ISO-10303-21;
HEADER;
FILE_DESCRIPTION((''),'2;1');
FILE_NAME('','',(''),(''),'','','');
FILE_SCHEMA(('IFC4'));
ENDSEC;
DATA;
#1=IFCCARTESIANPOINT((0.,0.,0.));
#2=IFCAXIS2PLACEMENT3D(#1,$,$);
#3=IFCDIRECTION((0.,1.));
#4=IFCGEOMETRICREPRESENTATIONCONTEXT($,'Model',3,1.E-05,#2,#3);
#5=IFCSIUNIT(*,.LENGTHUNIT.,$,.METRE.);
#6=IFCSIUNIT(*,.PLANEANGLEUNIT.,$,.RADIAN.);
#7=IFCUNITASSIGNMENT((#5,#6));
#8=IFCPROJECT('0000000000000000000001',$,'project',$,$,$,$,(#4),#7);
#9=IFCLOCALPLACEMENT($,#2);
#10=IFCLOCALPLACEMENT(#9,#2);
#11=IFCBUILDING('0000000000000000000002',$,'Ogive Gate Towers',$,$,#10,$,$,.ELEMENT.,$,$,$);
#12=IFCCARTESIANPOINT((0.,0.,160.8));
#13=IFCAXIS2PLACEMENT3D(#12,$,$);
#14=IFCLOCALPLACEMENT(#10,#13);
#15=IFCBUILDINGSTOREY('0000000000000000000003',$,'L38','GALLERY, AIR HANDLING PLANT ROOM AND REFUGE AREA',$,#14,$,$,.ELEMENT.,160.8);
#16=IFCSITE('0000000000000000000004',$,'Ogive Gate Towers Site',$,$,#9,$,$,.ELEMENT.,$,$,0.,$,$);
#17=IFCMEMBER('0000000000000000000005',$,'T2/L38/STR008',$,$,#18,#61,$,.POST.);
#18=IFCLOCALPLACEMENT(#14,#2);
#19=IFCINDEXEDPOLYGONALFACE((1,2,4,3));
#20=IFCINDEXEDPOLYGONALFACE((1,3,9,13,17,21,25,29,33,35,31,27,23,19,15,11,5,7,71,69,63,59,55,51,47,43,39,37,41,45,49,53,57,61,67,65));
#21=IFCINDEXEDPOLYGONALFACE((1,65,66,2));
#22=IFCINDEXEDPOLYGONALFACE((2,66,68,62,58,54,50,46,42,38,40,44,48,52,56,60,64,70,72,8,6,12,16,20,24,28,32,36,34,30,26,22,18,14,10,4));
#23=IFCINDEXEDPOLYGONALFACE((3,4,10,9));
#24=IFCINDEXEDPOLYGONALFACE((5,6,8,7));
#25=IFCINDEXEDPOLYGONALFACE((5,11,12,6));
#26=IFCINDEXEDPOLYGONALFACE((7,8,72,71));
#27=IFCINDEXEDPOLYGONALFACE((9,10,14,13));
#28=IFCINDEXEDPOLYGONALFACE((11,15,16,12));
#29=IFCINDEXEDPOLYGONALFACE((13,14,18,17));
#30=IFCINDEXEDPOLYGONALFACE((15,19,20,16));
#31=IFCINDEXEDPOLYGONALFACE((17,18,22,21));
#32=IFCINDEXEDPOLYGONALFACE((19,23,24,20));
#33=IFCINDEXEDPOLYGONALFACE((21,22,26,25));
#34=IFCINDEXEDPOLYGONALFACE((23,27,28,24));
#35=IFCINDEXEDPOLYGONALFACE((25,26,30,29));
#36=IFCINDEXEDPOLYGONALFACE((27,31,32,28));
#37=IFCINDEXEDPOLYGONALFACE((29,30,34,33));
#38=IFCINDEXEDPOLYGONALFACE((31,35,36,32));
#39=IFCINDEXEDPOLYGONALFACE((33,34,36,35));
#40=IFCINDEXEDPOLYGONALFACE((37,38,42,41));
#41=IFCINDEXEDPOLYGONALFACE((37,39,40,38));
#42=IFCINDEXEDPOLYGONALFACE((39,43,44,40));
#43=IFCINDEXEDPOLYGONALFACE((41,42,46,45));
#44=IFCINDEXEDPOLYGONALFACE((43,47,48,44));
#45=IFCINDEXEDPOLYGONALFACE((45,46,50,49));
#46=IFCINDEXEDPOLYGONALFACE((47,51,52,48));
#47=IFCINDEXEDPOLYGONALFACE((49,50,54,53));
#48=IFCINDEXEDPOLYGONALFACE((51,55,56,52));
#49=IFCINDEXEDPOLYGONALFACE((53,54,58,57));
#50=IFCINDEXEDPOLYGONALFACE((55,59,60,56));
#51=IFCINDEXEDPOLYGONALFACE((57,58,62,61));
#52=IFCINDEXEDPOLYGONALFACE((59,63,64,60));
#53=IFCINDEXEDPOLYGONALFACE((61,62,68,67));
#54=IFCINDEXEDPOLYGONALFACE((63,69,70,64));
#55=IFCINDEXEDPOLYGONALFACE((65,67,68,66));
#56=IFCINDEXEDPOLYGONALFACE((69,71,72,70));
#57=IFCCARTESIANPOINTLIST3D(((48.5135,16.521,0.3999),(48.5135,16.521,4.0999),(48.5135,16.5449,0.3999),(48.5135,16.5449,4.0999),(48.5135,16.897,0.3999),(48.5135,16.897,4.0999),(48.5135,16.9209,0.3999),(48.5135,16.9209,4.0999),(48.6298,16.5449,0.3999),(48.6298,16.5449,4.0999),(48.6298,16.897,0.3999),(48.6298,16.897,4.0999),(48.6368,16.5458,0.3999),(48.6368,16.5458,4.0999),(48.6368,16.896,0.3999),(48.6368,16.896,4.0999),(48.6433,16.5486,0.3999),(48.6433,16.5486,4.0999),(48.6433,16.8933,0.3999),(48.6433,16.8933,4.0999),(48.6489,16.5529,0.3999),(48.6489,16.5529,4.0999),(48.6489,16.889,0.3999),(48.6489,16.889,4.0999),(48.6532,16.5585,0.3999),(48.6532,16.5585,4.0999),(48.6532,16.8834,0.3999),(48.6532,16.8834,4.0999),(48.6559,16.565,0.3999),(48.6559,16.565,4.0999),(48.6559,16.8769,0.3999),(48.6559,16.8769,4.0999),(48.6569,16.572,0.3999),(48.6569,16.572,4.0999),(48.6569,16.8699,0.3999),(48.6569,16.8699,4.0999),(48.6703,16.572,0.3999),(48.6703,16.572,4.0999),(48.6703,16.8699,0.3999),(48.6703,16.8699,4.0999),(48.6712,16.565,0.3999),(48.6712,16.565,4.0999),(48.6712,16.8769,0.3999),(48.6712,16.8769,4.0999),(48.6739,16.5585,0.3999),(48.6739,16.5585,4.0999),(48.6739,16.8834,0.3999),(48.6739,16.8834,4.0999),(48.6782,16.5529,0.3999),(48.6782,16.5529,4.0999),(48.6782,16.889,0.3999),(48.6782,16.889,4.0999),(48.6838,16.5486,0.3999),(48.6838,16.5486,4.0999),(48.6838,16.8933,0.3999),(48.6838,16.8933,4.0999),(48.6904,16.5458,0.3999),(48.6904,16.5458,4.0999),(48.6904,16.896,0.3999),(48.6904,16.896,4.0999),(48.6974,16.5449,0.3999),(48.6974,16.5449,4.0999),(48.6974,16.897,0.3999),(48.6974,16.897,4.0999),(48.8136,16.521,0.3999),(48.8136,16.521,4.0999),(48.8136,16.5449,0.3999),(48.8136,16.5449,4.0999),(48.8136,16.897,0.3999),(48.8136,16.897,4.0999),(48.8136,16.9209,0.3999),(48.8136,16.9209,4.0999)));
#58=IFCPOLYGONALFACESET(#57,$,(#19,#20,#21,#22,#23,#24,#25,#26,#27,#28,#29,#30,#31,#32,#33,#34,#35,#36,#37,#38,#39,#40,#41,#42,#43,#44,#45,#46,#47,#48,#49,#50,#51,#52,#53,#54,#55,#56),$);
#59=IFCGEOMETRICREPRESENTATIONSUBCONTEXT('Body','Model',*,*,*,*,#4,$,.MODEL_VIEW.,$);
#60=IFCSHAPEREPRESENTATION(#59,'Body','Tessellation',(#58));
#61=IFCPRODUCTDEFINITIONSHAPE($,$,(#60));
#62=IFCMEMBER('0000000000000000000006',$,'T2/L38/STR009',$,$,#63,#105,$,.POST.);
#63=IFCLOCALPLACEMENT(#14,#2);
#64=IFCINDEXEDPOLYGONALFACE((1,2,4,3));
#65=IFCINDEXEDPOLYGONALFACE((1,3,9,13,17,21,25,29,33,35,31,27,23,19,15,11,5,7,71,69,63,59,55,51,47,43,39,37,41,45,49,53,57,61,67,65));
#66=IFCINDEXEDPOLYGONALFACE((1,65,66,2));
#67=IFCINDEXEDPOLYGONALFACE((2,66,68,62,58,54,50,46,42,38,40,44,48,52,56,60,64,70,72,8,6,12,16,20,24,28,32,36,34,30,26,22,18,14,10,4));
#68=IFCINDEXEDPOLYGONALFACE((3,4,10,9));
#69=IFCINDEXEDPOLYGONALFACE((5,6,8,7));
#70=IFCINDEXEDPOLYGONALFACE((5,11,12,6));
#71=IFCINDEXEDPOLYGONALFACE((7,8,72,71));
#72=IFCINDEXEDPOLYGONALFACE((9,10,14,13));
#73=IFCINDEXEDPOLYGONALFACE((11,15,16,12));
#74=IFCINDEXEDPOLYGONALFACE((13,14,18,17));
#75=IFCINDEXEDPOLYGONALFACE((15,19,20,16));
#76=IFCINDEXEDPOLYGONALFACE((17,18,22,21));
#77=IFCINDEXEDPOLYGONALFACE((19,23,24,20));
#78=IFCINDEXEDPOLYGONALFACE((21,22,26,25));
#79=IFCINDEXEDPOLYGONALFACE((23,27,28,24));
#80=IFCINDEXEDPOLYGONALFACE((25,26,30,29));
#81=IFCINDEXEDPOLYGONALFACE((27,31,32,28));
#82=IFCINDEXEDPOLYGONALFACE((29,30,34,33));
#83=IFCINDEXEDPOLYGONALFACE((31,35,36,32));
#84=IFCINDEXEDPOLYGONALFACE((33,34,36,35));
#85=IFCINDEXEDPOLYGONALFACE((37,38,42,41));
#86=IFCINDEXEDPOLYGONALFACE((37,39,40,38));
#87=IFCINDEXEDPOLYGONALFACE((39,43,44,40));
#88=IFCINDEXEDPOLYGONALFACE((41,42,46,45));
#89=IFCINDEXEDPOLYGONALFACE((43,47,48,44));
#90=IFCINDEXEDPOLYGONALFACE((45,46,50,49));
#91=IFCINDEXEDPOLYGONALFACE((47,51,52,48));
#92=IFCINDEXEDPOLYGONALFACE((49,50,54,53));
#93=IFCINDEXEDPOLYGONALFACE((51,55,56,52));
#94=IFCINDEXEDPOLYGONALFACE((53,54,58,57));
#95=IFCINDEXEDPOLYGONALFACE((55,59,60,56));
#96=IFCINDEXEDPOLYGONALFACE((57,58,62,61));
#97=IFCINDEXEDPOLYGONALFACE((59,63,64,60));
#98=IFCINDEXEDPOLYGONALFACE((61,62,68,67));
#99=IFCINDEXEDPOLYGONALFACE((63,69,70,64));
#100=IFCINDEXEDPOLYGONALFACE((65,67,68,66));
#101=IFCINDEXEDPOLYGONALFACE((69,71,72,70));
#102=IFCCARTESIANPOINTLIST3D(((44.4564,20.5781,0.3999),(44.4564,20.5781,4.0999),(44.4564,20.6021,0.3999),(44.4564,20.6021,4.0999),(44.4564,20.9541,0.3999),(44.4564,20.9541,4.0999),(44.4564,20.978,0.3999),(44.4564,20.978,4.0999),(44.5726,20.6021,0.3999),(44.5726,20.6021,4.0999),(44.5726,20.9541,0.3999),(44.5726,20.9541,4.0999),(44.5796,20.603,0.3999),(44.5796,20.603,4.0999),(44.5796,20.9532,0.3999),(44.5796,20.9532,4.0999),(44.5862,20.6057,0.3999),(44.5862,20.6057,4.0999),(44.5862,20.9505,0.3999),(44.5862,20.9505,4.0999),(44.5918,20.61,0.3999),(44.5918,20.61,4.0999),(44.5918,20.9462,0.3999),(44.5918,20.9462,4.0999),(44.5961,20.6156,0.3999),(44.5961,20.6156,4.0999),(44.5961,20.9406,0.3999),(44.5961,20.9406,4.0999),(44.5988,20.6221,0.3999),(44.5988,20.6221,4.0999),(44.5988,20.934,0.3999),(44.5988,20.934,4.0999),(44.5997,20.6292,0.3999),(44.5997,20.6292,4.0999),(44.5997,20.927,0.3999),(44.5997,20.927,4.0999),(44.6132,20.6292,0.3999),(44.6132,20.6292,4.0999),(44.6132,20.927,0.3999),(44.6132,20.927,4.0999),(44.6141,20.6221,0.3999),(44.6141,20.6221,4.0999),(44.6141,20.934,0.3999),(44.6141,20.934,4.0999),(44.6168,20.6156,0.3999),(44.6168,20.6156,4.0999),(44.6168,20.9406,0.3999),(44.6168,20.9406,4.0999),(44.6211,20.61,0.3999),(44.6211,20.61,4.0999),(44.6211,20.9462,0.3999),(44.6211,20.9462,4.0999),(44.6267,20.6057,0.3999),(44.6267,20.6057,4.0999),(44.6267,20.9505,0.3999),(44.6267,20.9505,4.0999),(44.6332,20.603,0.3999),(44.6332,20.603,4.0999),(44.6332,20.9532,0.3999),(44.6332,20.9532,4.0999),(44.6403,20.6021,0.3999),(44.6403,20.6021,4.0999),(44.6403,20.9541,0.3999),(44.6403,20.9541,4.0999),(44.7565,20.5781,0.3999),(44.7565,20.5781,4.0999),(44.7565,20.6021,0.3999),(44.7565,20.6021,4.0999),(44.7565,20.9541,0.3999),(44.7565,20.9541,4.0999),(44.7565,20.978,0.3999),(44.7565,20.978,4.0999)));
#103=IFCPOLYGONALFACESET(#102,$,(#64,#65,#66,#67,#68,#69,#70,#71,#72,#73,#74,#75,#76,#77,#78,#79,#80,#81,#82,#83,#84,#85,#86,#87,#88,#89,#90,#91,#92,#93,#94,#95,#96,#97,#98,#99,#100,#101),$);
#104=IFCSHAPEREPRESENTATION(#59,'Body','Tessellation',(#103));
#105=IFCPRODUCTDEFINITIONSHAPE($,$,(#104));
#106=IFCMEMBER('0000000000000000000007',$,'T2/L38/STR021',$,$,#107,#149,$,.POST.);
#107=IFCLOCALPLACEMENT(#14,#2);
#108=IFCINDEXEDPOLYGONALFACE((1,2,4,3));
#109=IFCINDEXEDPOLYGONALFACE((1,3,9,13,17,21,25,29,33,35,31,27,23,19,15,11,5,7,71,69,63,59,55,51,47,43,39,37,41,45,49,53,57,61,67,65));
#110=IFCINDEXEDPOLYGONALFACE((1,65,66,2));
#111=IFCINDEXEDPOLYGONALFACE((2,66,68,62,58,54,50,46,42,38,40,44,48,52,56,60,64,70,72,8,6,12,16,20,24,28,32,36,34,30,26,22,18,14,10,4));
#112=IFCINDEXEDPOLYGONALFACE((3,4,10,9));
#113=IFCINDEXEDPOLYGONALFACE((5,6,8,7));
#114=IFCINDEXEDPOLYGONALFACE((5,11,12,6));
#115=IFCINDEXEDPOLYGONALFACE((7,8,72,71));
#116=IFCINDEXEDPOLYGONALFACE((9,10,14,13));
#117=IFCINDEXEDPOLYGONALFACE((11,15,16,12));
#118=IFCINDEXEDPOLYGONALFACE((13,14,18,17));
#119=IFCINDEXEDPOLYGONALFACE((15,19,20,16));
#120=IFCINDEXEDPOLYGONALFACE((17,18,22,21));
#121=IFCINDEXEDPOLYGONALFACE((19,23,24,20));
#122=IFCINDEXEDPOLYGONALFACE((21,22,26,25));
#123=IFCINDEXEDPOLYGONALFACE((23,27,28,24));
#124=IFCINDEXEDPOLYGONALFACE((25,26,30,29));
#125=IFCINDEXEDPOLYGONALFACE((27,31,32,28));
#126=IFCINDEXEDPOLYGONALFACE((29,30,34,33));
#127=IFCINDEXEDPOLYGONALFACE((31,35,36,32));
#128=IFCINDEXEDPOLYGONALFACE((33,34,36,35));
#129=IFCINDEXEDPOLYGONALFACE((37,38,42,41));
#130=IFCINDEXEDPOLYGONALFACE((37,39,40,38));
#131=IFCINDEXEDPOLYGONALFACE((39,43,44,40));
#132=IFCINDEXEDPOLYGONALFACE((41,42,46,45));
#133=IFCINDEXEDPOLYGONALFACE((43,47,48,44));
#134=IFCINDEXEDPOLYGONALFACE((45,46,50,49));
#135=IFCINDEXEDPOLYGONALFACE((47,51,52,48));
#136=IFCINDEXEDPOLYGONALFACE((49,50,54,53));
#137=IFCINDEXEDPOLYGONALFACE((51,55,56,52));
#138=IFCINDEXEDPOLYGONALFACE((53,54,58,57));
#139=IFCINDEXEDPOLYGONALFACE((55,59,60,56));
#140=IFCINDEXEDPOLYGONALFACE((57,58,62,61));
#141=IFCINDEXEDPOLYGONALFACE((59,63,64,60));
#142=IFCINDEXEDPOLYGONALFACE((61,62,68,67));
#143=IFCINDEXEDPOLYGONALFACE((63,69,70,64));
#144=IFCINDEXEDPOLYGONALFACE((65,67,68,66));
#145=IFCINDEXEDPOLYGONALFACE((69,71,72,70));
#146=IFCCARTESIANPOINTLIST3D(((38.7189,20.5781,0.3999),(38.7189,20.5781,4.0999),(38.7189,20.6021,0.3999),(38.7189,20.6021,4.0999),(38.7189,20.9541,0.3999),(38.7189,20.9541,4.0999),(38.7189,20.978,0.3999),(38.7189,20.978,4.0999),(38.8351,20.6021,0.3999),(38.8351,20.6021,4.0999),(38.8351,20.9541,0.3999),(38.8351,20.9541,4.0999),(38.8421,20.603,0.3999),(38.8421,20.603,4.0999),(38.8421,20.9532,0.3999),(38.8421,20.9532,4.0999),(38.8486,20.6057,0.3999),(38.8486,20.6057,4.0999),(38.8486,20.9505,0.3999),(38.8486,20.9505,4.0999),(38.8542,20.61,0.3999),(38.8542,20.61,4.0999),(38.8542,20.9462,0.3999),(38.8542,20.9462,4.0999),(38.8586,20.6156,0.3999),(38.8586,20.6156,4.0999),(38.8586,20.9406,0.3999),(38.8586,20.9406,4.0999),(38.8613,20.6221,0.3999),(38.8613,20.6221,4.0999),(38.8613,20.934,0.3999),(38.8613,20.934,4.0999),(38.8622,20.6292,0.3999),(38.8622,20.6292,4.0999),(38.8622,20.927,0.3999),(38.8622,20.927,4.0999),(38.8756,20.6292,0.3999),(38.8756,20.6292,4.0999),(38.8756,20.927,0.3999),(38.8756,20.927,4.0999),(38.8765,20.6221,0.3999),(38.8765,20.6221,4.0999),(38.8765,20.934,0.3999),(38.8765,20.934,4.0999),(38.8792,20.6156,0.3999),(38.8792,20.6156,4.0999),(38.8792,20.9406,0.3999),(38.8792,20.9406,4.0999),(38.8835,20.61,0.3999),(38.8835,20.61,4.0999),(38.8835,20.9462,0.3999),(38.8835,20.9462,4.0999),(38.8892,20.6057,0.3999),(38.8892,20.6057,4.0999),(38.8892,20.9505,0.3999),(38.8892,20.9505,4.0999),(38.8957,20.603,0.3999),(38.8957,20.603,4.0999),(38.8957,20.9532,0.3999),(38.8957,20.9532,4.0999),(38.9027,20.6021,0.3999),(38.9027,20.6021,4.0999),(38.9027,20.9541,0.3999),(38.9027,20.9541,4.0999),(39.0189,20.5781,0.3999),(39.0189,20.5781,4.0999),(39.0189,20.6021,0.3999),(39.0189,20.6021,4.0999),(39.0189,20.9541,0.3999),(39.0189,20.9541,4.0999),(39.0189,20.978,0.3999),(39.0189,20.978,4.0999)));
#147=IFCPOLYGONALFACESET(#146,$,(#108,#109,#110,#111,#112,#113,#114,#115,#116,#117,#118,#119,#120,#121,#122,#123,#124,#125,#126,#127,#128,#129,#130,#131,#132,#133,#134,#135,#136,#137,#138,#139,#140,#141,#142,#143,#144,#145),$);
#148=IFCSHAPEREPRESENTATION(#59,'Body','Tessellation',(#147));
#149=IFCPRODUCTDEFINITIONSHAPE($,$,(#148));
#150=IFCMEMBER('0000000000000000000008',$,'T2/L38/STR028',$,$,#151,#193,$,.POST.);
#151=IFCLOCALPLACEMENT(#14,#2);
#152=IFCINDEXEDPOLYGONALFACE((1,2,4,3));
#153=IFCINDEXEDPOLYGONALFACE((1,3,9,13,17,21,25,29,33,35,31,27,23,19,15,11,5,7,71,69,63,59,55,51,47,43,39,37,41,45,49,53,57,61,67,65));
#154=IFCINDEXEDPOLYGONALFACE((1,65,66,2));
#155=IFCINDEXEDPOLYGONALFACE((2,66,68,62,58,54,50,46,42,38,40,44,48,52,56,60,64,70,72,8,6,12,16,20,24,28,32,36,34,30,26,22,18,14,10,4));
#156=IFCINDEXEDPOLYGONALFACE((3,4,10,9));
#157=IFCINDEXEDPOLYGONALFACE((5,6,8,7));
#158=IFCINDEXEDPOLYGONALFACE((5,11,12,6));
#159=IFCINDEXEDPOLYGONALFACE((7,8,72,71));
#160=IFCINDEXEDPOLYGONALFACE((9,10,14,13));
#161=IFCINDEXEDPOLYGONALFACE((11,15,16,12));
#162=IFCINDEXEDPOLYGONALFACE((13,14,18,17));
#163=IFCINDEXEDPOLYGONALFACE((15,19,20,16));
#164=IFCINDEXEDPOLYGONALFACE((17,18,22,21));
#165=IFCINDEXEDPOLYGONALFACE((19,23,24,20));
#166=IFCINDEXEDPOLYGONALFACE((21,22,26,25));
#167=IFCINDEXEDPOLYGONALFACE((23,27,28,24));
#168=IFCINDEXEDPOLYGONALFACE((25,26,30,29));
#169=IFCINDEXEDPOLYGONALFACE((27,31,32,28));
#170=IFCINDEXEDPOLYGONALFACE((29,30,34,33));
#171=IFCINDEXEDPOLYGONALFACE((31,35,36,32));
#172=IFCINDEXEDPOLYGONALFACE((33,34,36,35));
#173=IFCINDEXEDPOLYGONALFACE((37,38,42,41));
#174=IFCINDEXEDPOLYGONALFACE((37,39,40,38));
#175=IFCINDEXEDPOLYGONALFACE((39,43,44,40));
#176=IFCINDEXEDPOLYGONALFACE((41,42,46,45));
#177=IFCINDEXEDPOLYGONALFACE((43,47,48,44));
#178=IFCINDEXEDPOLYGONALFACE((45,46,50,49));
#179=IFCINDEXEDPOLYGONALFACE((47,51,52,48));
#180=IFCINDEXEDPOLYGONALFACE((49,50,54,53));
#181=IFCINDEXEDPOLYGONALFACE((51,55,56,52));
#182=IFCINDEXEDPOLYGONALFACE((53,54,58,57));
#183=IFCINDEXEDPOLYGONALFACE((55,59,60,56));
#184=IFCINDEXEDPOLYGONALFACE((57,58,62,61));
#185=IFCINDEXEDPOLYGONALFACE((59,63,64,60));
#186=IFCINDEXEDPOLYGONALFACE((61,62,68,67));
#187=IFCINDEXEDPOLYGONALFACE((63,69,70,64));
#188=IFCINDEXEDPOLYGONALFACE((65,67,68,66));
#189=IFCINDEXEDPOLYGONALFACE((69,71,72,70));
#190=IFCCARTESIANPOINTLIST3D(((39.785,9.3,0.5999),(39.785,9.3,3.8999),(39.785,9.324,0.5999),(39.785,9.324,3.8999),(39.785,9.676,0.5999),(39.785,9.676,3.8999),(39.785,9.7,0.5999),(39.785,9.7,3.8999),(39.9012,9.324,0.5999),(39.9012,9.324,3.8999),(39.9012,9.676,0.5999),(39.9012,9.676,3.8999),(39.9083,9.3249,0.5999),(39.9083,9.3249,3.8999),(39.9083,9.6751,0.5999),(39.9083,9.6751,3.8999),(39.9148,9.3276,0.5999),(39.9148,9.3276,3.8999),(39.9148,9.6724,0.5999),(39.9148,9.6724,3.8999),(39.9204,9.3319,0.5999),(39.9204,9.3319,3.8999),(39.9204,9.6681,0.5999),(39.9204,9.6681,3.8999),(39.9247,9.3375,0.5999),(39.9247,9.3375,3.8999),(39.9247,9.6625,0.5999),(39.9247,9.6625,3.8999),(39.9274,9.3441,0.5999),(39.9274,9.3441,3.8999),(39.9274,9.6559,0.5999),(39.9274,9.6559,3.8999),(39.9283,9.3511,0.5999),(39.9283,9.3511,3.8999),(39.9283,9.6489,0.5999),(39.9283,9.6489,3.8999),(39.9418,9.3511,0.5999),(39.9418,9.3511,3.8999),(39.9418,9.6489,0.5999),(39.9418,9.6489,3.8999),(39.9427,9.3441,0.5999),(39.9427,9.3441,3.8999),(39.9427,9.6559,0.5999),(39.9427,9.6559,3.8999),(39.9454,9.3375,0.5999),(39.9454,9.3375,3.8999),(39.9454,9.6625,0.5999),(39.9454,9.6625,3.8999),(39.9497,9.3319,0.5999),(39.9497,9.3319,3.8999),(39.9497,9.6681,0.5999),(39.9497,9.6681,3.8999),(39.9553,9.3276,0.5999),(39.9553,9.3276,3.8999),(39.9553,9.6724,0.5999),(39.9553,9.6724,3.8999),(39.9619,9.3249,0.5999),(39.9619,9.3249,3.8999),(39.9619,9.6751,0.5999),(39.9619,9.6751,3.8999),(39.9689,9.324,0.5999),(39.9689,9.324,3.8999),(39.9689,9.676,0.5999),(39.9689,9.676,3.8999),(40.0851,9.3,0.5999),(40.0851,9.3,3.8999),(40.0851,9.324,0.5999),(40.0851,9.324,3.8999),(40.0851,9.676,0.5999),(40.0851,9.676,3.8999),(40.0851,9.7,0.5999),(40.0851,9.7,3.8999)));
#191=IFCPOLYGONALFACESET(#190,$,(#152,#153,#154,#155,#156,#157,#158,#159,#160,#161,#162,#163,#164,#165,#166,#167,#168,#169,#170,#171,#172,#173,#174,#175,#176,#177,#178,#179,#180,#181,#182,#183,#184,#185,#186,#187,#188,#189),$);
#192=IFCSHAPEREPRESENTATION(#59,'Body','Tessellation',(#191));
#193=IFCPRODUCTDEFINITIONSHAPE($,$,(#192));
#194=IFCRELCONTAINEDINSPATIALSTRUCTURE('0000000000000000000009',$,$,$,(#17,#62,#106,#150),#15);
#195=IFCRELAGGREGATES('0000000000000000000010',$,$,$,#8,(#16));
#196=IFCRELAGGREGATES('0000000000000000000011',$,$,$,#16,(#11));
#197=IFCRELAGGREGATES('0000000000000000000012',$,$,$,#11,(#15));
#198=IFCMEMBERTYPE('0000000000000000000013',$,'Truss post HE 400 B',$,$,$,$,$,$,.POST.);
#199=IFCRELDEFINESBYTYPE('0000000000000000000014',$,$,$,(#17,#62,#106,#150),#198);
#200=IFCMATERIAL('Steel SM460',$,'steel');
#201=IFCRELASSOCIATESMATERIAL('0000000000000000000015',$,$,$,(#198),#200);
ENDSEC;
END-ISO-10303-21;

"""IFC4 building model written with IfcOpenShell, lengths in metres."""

from ifc_helpers import new_model, si_unit, direction, frame, origin, origin_2d, place, context, subcontext, project, spatial, i_section, extrude, material, material_profile, profile_set, type_object, element, save


model = new_model("IFC4")

# Units and contexts
model_context = context("Model", 3, precision=1e-05, world=origin(), true_north=direction((0.0, 1.0)))
body_context = subcontext(model_context, "Body", "Model", "MODEL_VIEW")
ifc_project = project(units=[si_unit("LENGTHUNIT", "METRE"), si_unit("PLANEANGLEUNIT", "RADIAN")], contexts=[model_context])

# Site, building, storey
site_placement = place(None, origin())
site = spatial("IfcSite", under=ifc_project, at=site_placement, Name="Ogive Gate Towers Site", CompositionType="ELEMENT", RefElevation=0.0)
building_placement = place(site_placement, origin())
building = spatial("IfcBuilding", under=site, at=building_placement, Name="Ogive Gate Towers", CompositionType="ELEMENT")
storey_placement = place(building_placement, frame((0.0, 0.0, 160.8)))
storey = spatial("IfcBuildingStorey", under=building, at=storey_placement, Name="L38", Description="GALLERY, AIR HANDLING PLANT ROOM AND REFUGE AREA", CompositionType="ELEMENT", Elevation=160.8)

# Shared definitions
ifc_material_1 = material(Name="Steel SM460", Category="steel")

# Members
ifc_material_profile_1 = material_profile(ifc_material_1, i_section(OverallWidth=0.3, OverallDepth=0.3999, WebThickness=0.0134, FlangeThickness=0.0239, FilletRadius=0.0271, at=origin_2d()), Name="HE 400 B")
ifc_profile_set_1 = profile_set([ifc_material_profile_1], Name="Steel SM460")
member_type_1 = type_object("IfcMemberType", Name="Truss post HE 400 B", PredefinedType="POST", material=ifc_profile_set_1)
for number, where, z_axis, x_axis, name in (
    (1, (48.6636, 16.7209, 0.3999), (0.0, 0.0, 1.0), (1.0, 0.0, 0.0), "T2/L38/STR008"),
    (2, (44.6064, 20.7781, 0.3999), (0.0, 0.0, 1.0), (1.0, 0.0, 0.0), "T2/L38/STR009"),
    (3, (38.8689, 20.7781, 0.3999), (0.0, 0.0, 1.0), (1.0, 0.0, 0.0), "T2/L38/STR021"),
):
    element("IfcMember", number, at=place(storey_placement, frame(where, z_axis=z_axis, x_axis=x_axis)), inside=storey, type_object=member_type_1, Name=name, PredefinedType="POST", context=body_context, shape_type="SweptSolid", body=[
        extrude(i_section(OverallWidth=0.3, OverallDepth=0.3999, WebThickness=0.0134, FlangeThickness=0.0239, FilletRadius=0.0271, at=origin_2d()), origin(), (0.0, 0.0, 1.0), 3.7),
    ])
for number, where, z_axis, x_axis, name in (
    (4, (39.9351, 9.5, 0.5999), (0.0, 0.0, 1.0), (1.0, 0.0, 0.0), "T2/L38/STR028"),
):
    element("IfcMember", number, at=place(storey_placement, frame(where, z_axis=z_axis, x_axis=x_axis)), inside=storey, type_object=member_type_1, Name=name, PredefinedType="POST", context=body_context, shape_type="SweptSolid", body=[
        extrude(i_section(OverallWidth=0.3, OverallDepth=0.3999, WebThickness=0.0134, FlangeThickness=0.0239, FilletRadius=0.0271, at=origin_2d()), origin(), (0.0, 0.0, 1.0), 3.3),
    ])

save(model, "model.ifc")
